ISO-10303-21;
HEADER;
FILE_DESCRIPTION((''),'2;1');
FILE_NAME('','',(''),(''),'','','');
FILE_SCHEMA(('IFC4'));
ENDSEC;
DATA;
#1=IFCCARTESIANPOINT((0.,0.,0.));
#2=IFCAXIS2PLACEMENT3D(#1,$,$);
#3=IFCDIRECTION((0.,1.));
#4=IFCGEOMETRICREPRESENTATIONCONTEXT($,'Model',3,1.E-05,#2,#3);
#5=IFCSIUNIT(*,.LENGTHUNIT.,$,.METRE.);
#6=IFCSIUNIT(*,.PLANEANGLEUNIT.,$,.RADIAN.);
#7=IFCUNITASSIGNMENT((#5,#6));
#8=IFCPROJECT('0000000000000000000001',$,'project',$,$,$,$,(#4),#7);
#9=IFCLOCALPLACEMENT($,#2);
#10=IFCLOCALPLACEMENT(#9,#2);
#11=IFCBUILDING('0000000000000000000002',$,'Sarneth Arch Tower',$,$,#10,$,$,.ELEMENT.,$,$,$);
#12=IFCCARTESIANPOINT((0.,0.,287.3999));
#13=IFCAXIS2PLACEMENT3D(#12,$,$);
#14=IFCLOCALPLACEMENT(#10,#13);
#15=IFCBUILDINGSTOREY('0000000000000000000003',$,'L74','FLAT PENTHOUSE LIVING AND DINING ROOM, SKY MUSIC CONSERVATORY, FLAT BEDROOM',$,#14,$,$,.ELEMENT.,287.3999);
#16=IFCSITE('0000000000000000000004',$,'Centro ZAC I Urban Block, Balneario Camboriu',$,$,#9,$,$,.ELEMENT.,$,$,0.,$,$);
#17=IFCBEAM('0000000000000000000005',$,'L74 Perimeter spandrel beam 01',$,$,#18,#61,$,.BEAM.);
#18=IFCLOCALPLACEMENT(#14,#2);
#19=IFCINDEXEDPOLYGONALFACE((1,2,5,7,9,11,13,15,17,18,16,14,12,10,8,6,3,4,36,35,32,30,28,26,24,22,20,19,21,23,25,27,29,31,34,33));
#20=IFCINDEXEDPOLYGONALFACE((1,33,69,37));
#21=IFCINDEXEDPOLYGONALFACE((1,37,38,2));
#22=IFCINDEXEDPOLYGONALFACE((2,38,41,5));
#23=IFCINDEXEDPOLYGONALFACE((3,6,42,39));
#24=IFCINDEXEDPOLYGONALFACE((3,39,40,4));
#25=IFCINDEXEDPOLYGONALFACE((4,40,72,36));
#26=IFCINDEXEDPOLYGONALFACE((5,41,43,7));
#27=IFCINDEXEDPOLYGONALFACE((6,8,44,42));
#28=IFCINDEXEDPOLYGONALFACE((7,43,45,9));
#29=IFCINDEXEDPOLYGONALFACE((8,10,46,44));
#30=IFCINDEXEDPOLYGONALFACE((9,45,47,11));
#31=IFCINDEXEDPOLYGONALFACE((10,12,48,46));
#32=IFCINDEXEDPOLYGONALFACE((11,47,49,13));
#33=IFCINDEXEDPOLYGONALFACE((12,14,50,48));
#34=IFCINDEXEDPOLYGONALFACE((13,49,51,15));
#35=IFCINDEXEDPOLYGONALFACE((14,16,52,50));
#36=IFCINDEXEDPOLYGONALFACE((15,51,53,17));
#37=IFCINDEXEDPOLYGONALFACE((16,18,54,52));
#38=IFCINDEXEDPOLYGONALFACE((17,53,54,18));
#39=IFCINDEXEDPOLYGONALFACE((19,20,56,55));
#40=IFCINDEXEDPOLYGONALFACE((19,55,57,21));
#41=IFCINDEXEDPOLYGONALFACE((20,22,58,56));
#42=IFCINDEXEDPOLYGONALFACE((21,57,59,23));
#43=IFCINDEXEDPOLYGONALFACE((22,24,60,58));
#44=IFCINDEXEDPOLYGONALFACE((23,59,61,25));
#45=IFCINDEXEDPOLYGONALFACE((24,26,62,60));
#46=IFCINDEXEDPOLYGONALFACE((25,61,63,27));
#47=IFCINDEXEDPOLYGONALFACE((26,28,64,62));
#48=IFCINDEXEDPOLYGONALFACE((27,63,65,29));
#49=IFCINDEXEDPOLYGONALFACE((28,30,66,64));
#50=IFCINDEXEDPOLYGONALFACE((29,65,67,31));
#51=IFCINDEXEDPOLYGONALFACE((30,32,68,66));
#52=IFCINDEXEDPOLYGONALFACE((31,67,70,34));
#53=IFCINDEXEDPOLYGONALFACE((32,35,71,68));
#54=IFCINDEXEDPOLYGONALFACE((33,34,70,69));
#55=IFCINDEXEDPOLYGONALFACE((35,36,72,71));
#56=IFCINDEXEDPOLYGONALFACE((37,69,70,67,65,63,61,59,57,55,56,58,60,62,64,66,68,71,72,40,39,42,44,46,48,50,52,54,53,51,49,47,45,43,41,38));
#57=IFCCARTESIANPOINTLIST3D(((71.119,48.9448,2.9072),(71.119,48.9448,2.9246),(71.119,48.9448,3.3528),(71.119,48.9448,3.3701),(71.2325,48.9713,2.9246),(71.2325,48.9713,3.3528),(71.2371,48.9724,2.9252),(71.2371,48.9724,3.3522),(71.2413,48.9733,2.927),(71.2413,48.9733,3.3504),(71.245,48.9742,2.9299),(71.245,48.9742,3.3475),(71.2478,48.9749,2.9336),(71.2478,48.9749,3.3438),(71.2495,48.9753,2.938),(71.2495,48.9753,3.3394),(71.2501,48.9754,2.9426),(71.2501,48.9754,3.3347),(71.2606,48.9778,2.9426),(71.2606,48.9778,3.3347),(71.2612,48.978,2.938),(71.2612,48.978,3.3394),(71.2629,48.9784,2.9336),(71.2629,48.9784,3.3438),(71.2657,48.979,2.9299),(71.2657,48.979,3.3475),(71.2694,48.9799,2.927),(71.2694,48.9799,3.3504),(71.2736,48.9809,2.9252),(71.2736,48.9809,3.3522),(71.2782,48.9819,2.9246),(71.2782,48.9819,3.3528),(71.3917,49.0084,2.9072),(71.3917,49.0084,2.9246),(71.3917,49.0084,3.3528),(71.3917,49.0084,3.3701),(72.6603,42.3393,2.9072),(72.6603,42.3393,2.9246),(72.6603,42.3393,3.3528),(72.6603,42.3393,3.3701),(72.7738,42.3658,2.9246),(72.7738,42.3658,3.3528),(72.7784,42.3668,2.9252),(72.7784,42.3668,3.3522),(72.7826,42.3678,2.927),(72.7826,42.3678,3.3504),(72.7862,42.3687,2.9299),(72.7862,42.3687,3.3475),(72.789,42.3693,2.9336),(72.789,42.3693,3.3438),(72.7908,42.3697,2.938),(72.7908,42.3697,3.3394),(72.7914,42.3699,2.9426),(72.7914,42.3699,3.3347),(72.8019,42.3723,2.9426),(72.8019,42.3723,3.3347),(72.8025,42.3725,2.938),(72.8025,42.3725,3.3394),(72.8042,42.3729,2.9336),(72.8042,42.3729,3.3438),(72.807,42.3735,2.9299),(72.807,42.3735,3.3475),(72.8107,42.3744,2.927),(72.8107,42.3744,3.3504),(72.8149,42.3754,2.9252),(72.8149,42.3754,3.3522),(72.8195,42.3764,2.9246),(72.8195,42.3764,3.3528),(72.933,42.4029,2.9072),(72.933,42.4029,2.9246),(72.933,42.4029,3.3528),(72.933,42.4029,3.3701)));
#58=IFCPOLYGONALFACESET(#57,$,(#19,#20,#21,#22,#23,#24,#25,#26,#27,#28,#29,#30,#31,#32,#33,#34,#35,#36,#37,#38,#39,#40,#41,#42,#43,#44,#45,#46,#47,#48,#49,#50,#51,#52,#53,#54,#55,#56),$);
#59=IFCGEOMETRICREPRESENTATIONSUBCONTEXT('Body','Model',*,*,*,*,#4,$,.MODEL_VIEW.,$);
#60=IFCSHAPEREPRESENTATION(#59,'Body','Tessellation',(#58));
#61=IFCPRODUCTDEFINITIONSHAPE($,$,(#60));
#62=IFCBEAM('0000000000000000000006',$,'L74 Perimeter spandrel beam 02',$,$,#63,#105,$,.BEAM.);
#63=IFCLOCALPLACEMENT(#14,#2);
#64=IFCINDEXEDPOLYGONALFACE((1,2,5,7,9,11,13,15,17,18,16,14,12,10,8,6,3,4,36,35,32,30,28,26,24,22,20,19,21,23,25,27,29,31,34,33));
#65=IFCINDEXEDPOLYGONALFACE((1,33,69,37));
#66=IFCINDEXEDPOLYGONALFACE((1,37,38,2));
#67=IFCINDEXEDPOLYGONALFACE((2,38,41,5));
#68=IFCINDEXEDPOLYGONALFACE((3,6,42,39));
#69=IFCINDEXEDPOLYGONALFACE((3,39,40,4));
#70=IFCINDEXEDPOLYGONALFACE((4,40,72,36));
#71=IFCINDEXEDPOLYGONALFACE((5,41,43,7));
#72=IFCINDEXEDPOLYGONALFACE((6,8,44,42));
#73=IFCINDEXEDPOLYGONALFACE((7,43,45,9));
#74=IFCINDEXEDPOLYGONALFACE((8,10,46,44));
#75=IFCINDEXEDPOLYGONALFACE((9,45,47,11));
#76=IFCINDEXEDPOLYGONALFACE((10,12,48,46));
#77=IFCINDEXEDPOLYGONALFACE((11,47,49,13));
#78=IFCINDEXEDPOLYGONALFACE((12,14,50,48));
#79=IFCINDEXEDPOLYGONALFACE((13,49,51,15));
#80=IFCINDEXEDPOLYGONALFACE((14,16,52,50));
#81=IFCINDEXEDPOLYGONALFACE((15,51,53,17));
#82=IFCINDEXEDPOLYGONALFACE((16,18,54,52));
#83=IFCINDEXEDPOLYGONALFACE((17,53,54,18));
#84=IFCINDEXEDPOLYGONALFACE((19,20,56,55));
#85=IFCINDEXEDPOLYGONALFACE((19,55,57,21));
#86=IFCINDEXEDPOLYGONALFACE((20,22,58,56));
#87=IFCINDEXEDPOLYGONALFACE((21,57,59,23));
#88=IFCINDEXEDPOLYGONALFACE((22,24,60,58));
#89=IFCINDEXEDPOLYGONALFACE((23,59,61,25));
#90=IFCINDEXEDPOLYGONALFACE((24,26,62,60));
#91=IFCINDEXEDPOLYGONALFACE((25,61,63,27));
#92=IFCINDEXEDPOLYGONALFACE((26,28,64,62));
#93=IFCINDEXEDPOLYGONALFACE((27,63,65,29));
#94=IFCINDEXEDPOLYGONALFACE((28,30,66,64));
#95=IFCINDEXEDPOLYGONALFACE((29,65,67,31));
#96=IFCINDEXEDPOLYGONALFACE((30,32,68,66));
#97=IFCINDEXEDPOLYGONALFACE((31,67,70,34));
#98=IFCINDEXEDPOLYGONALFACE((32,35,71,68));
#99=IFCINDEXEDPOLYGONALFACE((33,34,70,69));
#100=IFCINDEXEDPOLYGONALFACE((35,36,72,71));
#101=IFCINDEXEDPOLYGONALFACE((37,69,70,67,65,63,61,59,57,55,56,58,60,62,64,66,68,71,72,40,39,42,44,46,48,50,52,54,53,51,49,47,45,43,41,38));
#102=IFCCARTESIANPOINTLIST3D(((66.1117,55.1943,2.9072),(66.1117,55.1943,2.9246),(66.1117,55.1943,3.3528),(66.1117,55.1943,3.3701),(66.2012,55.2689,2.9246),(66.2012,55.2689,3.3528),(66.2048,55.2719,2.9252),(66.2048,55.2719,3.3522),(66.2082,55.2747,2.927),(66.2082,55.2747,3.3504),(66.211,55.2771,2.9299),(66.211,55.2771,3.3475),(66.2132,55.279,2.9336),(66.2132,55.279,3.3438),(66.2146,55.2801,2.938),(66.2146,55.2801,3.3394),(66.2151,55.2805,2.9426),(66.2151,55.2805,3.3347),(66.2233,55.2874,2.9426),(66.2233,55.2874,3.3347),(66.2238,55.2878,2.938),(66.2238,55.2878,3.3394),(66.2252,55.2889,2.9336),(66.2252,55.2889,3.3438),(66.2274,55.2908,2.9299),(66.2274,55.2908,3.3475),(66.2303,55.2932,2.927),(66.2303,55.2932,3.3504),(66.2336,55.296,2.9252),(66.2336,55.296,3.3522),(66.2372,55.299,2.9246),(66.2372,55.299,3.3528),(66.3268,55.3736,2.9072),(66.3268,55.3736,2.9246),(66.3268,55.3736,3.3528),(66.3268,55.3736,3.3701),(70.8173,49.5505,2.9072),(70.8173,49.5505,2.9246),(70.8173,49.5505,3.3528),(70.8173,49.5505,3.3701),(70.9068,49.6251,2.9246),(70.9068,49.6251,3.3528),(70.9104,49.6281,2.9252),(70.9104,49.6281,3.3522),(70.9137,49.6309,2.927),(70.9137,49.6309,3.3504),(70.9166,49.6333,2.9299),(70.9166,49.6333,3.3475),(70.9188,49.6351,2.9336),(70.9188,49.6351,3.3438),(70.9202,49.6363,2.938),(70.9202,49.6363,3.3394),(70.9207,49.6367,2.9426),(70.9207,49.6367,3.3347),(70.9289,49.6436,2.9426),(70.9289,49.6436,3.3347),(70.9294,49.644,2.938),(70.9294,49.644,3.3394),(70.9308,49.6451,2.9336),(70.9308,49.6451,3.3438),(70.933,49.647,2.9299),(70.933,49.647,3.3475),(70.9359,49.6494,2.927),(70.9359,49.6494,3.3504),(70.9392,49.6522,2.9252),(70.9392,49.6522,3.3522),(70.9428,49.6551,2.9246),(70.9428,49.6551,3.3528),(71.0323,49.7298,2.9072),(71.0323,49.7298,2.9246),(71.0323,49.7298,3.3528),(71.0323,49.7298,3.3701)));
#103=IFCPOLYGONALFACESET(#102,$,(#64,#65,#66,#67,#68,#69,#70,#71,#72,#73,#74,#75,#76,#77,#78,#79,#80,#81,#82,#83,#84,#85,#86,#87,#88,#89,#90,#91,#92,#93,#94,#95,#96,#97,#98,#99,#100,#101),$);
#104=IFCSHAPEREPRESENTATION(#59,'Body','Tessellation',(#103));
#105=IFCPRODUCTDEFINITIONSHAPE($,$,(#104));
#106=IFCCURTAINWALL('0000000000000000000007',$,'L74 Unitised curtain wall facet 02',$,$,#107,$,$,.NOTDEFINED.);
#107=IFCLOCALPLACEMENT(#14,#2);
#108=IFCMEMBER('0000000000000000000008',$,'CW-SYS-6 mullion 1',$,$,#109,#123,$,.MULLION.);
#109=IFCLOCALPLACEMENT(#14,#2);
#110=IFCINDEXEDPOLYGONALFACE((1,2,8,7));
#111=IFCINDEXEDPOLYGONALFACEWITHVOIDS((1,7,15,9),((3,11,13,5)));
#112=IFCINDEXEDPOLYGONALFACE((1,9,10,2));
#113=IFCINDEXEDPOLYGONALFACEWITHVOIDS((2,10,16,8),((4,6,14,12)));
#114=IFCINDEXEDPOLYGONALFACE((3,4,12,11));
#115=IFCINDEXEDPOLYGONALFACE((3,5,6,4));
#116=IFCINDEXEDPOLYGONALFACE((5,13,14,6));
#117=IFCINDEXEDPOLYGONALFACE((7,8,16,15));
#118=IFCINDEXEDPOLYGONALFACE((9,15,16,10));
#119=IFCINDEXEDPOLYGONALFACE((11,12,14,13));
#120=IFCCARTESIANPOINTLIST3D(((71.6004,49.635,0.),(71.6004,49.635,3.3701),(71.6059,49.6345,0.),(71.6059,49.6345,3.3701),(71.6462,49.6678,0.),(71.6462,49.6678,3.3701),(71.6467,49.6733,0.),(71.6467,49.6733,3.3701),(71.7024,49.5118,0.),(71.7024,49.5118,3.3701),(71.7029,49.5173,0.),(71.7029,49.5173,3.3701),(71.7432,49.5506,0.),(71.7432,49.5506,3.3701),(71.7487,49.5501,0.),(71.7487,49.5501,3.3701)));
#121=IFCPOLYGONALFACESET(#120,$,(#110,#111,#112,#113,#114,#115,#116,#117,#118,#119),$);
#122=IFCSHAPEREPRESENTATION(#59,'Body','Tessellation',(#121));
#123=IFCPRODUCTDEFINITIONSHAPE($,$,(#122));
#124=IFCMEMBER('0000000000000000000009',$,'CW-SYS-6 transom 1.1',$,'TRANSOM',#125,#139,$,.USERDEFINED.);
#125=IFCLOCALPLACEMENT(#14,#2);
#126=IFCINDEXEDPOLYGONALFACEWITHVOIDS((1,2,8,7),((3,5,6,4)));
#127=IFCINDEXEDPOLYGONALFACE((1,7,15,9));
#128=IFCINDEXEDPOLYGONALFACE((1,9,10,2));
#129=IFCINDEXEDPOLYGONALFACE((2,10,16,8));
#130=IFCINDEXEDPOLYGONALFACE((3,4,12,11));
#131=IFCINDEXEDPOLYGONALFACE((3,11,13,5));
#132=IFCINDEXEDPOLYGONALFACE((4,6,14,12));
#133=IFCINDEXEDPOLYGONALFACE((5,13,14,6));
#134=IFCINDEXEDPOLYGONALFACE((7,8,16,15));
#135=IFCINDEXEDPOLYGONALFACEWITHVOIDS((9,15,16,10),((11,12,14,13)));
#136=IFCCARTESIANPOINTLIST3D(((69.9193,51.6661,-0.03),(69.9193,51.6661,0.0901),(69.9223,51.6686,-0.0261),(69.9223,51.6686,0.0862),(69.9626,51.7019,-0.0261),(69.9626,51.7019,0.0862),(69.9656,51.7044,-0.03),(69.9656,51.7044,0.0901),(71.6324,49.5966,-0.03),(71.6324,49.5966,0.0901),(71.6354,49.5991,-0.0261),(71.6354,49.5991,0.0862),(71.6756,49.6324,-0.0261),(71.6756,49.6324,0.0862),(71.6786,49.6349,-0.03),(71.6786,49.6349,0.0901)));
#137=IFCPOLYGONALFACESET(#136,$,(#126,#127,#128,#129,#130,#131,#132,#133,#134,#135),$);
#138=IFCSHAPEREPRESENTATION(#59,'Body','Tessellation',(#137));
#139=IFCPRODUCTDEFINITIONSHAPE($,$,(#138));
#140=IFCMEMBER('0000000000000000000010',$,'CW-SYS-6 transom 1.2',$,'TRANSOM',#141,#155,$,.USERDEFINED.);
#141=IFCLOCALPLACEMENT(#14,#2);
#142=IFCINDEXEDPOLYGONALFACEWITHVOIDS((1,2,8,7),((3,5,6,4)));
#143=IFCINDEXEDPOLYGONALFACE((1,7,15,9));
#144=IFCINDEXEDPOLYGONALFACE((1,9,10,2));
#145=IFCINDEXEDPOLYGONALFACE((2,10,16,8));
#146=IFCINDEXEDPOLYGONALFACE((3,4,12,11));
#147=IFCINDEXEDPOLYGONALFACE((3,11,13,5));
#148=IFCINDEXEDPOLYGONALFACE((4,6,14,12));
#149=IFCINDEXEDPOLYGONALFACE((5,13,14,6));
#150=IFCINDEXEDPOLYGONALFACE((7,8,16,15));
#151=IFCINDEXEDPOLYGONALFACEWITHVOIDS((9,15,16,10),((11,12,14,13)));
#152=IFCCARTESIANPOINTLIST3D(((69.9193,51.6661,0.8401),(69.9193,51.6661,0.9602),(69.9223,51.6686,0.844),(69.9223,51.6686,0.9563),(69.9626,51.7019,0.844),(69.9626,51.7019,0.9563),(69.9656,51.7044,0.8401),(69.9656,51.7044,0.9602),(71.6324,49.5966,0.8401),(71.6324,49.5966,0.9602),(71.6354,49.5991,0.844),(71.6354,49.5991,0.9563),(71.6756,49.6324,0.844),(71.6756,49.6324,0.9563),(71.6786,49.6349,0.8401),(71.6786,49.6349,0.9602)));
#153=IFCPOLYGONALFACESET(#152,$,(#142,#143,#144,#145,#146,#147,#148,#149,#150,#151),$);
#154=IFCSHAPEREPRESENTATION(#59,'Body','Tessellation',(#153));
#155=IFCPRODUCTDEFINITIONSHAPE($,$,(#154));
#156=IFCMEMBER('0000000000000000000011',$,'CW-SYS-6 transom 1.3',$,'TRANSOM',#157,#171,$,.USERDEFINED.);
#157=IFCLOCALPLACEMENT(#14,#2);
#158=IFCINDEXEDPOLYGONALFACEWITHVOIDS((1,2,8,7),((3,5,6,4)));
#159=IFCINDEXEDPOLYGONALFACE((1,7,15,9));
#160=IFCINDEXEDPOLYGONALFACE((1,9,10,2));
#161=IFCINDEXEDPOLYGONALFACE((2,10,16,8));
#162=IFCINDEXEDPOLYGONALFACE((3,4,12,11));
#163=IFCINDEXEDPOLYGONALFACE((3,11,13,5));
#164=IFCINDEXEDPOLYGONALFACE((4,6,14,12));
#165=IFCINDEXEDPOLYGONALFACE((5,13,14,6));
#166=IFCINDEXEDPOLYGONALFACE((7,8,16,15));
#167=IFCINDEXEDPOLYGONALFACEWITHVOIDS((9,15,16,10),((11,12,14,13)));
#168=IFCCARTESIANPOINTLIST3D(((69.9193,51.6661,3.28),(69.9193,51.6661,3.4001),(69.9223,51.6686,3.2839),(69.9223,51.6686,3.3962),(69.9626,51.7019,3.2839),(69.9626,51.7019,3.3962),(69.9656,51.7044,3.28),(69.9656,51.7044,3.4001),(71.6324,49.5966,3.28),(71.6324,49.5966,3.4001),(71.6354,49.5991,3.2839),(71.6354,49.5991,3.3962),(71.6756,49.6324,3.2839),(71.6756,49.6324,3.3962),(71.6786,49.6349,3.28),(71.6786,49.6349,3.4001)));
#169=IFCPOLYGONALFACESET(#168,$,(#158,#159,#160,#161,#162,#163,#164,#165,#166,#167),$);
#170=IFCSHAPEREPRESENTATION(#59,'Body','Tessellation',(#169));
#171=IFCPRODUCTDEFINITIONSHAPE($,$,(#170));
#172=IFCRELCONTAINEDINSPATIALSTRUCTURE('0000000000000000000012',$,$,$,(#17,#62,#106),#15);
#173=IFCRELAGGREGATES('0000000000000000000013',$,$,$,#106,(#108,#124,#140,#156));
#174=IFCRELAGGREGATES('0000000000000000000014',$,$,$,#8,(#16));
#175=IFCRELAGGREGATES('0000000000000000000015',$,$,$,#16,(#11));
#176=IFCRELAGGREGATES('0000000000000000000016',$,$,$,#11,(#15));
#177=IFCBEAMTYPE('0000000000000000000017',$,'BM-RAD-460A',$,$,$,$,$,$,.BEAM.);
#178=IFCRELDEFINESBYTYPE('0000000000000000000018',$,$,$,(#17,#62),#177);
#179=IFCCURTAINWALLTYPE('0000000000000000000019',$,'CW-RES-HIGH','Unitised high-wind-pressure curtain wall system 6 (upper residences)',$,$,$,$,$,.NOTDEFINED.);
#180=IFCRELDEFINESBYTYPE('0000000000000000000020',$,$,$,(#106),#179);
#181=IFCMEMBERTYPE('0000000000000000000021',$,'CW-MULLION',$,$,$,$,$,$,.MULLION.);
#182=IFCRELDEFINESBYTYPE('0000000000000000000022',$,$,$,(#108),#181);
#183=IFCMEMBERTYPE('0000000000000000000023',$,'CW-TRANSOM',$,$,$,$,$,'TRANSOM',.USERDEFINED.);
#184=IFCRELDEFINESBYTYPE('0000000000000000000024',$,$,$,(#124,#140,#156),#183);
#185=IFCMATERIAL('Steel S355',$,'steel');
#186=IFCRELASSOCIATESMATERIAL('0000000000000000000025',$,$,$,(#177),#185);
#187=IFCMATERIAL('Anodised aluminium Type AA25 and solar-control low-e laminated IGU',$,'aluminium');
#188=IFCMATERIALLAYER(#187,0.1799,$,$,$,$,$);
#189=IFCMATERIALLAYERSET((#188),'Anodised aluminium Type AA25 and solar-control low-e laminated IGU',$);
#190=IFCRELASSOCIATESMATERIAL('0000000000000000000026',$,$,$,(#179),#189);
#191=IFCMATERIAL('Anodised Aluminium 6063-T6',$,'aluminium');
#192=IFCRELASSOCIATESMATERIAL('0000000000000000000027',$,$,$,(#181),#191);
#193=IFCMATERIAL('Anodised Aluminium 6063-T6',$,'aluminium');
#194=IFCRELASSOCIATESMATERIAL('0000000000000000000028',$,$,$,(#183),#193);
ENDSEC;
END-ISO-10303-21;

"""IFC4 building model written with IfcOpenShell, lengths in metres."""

from ifc_helpers import new_model, si_unit, direction, frame, origin, origin_2d, place, context, subcontext, project, spatial, hollow_rectangle, i_section, extrude, material, layer, layer_set, material_profile, profile_set, type_object, element, aggregate, save


model = new_model("IFC4")

# Units and contexts
model_context = context("Model", 3, precision=1e-05, world=origin(), true_north=direction((0.0, 1.0)))
body_context = subcontext(model_context, "Body", "Model", "MODEL_VIEW")
ifc_project = project(units=[si_unit("LENGTHUNIT", "METRE"), si_unit("PLANEANGLEUNIT", "RADIAN")], contexts=[model_context])

# Site, building, storey
site_placement = place(None, origin())
site = spatial("IfcSite", under=ifc_project, at=site_placement, Name="Centro ZAC I Urban Block, Balneario Camboriu", CompositionType="ELEMENT", RefElevation=0.0)
building_placement = place(site_placement, origin())
building = spatial("IfcBuilding", under=site, at=building_placement, Name="Sarneth Arch Tower", CompositionType="ELEMENT")
storey_placement = place(building_placement, frame((0.0, 0.0, 287.3999)))
storey = spatial("IfcBuildingStorey", under=building, at=storey_placement, Name="L74", Description="FLAT PENTHOUSE LIVING AND DINING ROOM, SKY MUSIC CONSERVATORY, FLAT BEDROOM", CompositionType="ELEMENT", Elevation=287.3999)

# Beams
ifc_material_1 = material(Name="Steel S355", Category="steel")
ifc_material_profile_1 = material_profile(ifc_material_1, i_section(OverallWidth=0.28, OverallDepth=0.4629, WebThickness=0.0107, FlangeThickness=0.0173, FilletRadius=0.0181, at=origin_2d()), Name="W460x113")
ifc_profile_set_1 = profile_set([ifc_material_profile_1], Name="Steel S355")
beam_type_1 = type_object("IfcBeamType", Name="BM-RAD-460A", PredefinedType="BEAM", material=ifc_profile_set_1)
beam_1_placement = place(storey_placement, frame((72.7966, 42.3711, 3.1387), z_axis=(-0.227227, 0.973842, 0.0), x_axis=(-0.973842, -0.227227, 0.0)))
element("IfcBeam", 1, at=beam_1_placement, inside=storey, type_object=beam_type_1, Name="L74 Perimeter spandrel beam 01", PredefinedType="BEAM", context=body_context, shape_type="SweptSolid", body=[
    extrude(i_section(OverallWidth=0.28, OverallDepth=0.4629, WebThickness=0.0107, FlangeThickness=0.0173, FilletRadius=0.0181, at=origin_2d()), origin(), (0.0, 0.0, 1.0), 6.783),
])
beam_2_placement = place(storey_placement, frame((70.9248, 49.6401, 3.1387), z_axis=(-0.640377, 0.768061, 0.0), x_axis=(-0.768061, -0.640377, 0.0)))
element("IfcBeam", 2, at=beam_2_placement, inside=storey, type_object=beam_type_1, Name="L74 Perimeter spandrel beam 02", PredefinedType="BEAM", context=body_context, shape_type="SweptSolid", body=[
    extrude(i_section(OverallWidth=0.28, OverallDepth=0.4629, WebThickness=0.0107, FlangeThickness=0.0173, FilletRadius=0.0181, at=origin_2d()), origin(), (0.0, 0.0, 1.0), 7.3481),
])

# Curtain wall, members
ifc_material_2 = material(Name="Anodised aluminium Type AA25 and solar-control low-e laminated IGU", Category="aluminium")
ifc_layer_1 = layer(ifc_material_2, 0.1799)
ifc_layer_set_1 = layer_set([ifc_layer_1], Name="Anodised aluminium Type AA25 and solar-control low-e laminated IGU")
curtain_wall_type = type_object("IfcCurtainWallType", Name="CW-RES-HIGH", Description="Unitised high-wind-pressure curtain wall system 6 (upper residences)", PredefinedType="NOTDEFINED", material=ifc_layer_set_1)
curtain_wall_placement = place(storey_placement, origin())
curtain_wall = element("IfcCurtainWall", 3, at=curtain_wall_placement, inside=storey, type_object=curtain_wall_type, Name="L74 Unitised curtain wall facet 02", PredefinedType="NOTDEFINED")
ifc_material_3 = material(Name="Anodised Aluminium 6063-T6", Category="aluminium")
ifc_material_profile_2 = material_profile(ifc_material_3, hollow_rectangle(XDim=0.0601, YDim=0.1599, WallThickness=0.0039, at=origin_2d()), Name="AL-MULL-160x60x4")
ifc_profile_set_2 = profile_set([ifc_material_profile_2], Name="Anodised Aluminium 6063-T6")
member_type_1 = type_object("IfcMemberType", Name="CW-MULLION", PredefinedType="MULLION", material=ifc_profile_set_2)
member_1_placement = place(storey_placement, frame((71.6746, 49.5925, 0.0), z_axis=(0.0, 0.0, 1.0), x_axis=(-0.770359, -0.63761, 0.0)))
member_1 = element("IfcMember", 4, at=member_1_placement, type_object=member_type_1, Name="CW-SYS-6 mullion 1", PredefinedType="MULLION", context=body_context, shape_type="SweptSolid", body=[
    extrude(hollow_rectangle(XDim=0.0601, YDim=0.1599, WallThickness=0.0039, at=origin_2d()), origin(), (0.0, 0.0, 1.0), 3.3701),
])
ifc_material_4 = material(Name="Anodised Aluminium 6063-T6", Category="aluminium")
ifc_material_profile_3 = material_profile(ifc_material_4, hollow_rectangle(XDim=0.0601, YDim=0.1201, WallThickness=0.0039, at=origin_2d()), Name="AL-TRAN-120x60x4")
ifc_profile_set_3 = profile_set([ifc_material_profile_3], Name="Anodised Aluminium 6063-T6")
member_type_2 = type_object("IfcMemberType", Name="CW-TRANSOM", ElementType="TRANSOM", PredefinedType="USERDEFINED", material=ifc_profile_set_3)
member_2_placement = place(storey_placement, frame((71.6555, 49.6157, 0.03), z_axis=(-0.637651, 0.770325, 0.0), x_axis=(-0.770325, -0.637651, 0.0)))
member_2 = element("IfcMember", 5, at=member_2_placement, type_object=member_type_2, Name="CW-SYS-6 transom 1.1", ObjectType="TRANSOM", PredefinedType="USERDEFINED", context=body_context, shape_type="SweptSolid", body=[
    extrude(hollow_rectangle(XDim=0.0601, YDim=0.1201, WallThickness=0.0039, at=origin_2d()), origin(), (0.0, 0.0, 1.0), 2.6865),
])
member_3_placement = place(storey_placement, frame((71.6555, 49.6157, 0.9001), z_axis=(-0.637651, 0.770325, 0.0), x_axis=(-0.770325, -0.637651, 0.0)))
member_3 = element("IfcMember", 6, at=member_3_placement, type_object=member_type_2, Name="CW-SYS-6 transom 1.2", ObjectType="TRANSOM", PredefinedType="USERDEFINED", context=body_context, shape_type="SweptSolid", body=[
    extrude(hollow_rectangle(XDim=0.0601, YDim=0.1201, WallThickness=0.0039, at=origin_2d()), origin(), (0.0, 0.0, 1.0), 2.6865),
])
member_4_placement = place(storey_placement, frame((71.6555, 49.6157, 3.3401), z_axis=(-0.637651, 0.770325, 0.0), x_axis=(-0.770325, -0.637651, 0.0)))
member_4 = element("IfcMember", 7, at=member_4_placement, type_object=member_type_2, Name="CW-SYS-6 transom 1.3", ObjectType="TRANSOM", PredefinedType="USERDEFINED", context=body_context, shape_type="SweptSolid", body=[
    extrude(hollow_rectangle(XDim=0.0601, YDim=0.1201, WallThickness=0.0039, at=origin_2d()), origin(), (0.0, 0.0, 1.0), 2.6865),
])

aggregate(curtain_wall, [member_1, member_2, member_3, member_4])

save(model, "model.ifc")
